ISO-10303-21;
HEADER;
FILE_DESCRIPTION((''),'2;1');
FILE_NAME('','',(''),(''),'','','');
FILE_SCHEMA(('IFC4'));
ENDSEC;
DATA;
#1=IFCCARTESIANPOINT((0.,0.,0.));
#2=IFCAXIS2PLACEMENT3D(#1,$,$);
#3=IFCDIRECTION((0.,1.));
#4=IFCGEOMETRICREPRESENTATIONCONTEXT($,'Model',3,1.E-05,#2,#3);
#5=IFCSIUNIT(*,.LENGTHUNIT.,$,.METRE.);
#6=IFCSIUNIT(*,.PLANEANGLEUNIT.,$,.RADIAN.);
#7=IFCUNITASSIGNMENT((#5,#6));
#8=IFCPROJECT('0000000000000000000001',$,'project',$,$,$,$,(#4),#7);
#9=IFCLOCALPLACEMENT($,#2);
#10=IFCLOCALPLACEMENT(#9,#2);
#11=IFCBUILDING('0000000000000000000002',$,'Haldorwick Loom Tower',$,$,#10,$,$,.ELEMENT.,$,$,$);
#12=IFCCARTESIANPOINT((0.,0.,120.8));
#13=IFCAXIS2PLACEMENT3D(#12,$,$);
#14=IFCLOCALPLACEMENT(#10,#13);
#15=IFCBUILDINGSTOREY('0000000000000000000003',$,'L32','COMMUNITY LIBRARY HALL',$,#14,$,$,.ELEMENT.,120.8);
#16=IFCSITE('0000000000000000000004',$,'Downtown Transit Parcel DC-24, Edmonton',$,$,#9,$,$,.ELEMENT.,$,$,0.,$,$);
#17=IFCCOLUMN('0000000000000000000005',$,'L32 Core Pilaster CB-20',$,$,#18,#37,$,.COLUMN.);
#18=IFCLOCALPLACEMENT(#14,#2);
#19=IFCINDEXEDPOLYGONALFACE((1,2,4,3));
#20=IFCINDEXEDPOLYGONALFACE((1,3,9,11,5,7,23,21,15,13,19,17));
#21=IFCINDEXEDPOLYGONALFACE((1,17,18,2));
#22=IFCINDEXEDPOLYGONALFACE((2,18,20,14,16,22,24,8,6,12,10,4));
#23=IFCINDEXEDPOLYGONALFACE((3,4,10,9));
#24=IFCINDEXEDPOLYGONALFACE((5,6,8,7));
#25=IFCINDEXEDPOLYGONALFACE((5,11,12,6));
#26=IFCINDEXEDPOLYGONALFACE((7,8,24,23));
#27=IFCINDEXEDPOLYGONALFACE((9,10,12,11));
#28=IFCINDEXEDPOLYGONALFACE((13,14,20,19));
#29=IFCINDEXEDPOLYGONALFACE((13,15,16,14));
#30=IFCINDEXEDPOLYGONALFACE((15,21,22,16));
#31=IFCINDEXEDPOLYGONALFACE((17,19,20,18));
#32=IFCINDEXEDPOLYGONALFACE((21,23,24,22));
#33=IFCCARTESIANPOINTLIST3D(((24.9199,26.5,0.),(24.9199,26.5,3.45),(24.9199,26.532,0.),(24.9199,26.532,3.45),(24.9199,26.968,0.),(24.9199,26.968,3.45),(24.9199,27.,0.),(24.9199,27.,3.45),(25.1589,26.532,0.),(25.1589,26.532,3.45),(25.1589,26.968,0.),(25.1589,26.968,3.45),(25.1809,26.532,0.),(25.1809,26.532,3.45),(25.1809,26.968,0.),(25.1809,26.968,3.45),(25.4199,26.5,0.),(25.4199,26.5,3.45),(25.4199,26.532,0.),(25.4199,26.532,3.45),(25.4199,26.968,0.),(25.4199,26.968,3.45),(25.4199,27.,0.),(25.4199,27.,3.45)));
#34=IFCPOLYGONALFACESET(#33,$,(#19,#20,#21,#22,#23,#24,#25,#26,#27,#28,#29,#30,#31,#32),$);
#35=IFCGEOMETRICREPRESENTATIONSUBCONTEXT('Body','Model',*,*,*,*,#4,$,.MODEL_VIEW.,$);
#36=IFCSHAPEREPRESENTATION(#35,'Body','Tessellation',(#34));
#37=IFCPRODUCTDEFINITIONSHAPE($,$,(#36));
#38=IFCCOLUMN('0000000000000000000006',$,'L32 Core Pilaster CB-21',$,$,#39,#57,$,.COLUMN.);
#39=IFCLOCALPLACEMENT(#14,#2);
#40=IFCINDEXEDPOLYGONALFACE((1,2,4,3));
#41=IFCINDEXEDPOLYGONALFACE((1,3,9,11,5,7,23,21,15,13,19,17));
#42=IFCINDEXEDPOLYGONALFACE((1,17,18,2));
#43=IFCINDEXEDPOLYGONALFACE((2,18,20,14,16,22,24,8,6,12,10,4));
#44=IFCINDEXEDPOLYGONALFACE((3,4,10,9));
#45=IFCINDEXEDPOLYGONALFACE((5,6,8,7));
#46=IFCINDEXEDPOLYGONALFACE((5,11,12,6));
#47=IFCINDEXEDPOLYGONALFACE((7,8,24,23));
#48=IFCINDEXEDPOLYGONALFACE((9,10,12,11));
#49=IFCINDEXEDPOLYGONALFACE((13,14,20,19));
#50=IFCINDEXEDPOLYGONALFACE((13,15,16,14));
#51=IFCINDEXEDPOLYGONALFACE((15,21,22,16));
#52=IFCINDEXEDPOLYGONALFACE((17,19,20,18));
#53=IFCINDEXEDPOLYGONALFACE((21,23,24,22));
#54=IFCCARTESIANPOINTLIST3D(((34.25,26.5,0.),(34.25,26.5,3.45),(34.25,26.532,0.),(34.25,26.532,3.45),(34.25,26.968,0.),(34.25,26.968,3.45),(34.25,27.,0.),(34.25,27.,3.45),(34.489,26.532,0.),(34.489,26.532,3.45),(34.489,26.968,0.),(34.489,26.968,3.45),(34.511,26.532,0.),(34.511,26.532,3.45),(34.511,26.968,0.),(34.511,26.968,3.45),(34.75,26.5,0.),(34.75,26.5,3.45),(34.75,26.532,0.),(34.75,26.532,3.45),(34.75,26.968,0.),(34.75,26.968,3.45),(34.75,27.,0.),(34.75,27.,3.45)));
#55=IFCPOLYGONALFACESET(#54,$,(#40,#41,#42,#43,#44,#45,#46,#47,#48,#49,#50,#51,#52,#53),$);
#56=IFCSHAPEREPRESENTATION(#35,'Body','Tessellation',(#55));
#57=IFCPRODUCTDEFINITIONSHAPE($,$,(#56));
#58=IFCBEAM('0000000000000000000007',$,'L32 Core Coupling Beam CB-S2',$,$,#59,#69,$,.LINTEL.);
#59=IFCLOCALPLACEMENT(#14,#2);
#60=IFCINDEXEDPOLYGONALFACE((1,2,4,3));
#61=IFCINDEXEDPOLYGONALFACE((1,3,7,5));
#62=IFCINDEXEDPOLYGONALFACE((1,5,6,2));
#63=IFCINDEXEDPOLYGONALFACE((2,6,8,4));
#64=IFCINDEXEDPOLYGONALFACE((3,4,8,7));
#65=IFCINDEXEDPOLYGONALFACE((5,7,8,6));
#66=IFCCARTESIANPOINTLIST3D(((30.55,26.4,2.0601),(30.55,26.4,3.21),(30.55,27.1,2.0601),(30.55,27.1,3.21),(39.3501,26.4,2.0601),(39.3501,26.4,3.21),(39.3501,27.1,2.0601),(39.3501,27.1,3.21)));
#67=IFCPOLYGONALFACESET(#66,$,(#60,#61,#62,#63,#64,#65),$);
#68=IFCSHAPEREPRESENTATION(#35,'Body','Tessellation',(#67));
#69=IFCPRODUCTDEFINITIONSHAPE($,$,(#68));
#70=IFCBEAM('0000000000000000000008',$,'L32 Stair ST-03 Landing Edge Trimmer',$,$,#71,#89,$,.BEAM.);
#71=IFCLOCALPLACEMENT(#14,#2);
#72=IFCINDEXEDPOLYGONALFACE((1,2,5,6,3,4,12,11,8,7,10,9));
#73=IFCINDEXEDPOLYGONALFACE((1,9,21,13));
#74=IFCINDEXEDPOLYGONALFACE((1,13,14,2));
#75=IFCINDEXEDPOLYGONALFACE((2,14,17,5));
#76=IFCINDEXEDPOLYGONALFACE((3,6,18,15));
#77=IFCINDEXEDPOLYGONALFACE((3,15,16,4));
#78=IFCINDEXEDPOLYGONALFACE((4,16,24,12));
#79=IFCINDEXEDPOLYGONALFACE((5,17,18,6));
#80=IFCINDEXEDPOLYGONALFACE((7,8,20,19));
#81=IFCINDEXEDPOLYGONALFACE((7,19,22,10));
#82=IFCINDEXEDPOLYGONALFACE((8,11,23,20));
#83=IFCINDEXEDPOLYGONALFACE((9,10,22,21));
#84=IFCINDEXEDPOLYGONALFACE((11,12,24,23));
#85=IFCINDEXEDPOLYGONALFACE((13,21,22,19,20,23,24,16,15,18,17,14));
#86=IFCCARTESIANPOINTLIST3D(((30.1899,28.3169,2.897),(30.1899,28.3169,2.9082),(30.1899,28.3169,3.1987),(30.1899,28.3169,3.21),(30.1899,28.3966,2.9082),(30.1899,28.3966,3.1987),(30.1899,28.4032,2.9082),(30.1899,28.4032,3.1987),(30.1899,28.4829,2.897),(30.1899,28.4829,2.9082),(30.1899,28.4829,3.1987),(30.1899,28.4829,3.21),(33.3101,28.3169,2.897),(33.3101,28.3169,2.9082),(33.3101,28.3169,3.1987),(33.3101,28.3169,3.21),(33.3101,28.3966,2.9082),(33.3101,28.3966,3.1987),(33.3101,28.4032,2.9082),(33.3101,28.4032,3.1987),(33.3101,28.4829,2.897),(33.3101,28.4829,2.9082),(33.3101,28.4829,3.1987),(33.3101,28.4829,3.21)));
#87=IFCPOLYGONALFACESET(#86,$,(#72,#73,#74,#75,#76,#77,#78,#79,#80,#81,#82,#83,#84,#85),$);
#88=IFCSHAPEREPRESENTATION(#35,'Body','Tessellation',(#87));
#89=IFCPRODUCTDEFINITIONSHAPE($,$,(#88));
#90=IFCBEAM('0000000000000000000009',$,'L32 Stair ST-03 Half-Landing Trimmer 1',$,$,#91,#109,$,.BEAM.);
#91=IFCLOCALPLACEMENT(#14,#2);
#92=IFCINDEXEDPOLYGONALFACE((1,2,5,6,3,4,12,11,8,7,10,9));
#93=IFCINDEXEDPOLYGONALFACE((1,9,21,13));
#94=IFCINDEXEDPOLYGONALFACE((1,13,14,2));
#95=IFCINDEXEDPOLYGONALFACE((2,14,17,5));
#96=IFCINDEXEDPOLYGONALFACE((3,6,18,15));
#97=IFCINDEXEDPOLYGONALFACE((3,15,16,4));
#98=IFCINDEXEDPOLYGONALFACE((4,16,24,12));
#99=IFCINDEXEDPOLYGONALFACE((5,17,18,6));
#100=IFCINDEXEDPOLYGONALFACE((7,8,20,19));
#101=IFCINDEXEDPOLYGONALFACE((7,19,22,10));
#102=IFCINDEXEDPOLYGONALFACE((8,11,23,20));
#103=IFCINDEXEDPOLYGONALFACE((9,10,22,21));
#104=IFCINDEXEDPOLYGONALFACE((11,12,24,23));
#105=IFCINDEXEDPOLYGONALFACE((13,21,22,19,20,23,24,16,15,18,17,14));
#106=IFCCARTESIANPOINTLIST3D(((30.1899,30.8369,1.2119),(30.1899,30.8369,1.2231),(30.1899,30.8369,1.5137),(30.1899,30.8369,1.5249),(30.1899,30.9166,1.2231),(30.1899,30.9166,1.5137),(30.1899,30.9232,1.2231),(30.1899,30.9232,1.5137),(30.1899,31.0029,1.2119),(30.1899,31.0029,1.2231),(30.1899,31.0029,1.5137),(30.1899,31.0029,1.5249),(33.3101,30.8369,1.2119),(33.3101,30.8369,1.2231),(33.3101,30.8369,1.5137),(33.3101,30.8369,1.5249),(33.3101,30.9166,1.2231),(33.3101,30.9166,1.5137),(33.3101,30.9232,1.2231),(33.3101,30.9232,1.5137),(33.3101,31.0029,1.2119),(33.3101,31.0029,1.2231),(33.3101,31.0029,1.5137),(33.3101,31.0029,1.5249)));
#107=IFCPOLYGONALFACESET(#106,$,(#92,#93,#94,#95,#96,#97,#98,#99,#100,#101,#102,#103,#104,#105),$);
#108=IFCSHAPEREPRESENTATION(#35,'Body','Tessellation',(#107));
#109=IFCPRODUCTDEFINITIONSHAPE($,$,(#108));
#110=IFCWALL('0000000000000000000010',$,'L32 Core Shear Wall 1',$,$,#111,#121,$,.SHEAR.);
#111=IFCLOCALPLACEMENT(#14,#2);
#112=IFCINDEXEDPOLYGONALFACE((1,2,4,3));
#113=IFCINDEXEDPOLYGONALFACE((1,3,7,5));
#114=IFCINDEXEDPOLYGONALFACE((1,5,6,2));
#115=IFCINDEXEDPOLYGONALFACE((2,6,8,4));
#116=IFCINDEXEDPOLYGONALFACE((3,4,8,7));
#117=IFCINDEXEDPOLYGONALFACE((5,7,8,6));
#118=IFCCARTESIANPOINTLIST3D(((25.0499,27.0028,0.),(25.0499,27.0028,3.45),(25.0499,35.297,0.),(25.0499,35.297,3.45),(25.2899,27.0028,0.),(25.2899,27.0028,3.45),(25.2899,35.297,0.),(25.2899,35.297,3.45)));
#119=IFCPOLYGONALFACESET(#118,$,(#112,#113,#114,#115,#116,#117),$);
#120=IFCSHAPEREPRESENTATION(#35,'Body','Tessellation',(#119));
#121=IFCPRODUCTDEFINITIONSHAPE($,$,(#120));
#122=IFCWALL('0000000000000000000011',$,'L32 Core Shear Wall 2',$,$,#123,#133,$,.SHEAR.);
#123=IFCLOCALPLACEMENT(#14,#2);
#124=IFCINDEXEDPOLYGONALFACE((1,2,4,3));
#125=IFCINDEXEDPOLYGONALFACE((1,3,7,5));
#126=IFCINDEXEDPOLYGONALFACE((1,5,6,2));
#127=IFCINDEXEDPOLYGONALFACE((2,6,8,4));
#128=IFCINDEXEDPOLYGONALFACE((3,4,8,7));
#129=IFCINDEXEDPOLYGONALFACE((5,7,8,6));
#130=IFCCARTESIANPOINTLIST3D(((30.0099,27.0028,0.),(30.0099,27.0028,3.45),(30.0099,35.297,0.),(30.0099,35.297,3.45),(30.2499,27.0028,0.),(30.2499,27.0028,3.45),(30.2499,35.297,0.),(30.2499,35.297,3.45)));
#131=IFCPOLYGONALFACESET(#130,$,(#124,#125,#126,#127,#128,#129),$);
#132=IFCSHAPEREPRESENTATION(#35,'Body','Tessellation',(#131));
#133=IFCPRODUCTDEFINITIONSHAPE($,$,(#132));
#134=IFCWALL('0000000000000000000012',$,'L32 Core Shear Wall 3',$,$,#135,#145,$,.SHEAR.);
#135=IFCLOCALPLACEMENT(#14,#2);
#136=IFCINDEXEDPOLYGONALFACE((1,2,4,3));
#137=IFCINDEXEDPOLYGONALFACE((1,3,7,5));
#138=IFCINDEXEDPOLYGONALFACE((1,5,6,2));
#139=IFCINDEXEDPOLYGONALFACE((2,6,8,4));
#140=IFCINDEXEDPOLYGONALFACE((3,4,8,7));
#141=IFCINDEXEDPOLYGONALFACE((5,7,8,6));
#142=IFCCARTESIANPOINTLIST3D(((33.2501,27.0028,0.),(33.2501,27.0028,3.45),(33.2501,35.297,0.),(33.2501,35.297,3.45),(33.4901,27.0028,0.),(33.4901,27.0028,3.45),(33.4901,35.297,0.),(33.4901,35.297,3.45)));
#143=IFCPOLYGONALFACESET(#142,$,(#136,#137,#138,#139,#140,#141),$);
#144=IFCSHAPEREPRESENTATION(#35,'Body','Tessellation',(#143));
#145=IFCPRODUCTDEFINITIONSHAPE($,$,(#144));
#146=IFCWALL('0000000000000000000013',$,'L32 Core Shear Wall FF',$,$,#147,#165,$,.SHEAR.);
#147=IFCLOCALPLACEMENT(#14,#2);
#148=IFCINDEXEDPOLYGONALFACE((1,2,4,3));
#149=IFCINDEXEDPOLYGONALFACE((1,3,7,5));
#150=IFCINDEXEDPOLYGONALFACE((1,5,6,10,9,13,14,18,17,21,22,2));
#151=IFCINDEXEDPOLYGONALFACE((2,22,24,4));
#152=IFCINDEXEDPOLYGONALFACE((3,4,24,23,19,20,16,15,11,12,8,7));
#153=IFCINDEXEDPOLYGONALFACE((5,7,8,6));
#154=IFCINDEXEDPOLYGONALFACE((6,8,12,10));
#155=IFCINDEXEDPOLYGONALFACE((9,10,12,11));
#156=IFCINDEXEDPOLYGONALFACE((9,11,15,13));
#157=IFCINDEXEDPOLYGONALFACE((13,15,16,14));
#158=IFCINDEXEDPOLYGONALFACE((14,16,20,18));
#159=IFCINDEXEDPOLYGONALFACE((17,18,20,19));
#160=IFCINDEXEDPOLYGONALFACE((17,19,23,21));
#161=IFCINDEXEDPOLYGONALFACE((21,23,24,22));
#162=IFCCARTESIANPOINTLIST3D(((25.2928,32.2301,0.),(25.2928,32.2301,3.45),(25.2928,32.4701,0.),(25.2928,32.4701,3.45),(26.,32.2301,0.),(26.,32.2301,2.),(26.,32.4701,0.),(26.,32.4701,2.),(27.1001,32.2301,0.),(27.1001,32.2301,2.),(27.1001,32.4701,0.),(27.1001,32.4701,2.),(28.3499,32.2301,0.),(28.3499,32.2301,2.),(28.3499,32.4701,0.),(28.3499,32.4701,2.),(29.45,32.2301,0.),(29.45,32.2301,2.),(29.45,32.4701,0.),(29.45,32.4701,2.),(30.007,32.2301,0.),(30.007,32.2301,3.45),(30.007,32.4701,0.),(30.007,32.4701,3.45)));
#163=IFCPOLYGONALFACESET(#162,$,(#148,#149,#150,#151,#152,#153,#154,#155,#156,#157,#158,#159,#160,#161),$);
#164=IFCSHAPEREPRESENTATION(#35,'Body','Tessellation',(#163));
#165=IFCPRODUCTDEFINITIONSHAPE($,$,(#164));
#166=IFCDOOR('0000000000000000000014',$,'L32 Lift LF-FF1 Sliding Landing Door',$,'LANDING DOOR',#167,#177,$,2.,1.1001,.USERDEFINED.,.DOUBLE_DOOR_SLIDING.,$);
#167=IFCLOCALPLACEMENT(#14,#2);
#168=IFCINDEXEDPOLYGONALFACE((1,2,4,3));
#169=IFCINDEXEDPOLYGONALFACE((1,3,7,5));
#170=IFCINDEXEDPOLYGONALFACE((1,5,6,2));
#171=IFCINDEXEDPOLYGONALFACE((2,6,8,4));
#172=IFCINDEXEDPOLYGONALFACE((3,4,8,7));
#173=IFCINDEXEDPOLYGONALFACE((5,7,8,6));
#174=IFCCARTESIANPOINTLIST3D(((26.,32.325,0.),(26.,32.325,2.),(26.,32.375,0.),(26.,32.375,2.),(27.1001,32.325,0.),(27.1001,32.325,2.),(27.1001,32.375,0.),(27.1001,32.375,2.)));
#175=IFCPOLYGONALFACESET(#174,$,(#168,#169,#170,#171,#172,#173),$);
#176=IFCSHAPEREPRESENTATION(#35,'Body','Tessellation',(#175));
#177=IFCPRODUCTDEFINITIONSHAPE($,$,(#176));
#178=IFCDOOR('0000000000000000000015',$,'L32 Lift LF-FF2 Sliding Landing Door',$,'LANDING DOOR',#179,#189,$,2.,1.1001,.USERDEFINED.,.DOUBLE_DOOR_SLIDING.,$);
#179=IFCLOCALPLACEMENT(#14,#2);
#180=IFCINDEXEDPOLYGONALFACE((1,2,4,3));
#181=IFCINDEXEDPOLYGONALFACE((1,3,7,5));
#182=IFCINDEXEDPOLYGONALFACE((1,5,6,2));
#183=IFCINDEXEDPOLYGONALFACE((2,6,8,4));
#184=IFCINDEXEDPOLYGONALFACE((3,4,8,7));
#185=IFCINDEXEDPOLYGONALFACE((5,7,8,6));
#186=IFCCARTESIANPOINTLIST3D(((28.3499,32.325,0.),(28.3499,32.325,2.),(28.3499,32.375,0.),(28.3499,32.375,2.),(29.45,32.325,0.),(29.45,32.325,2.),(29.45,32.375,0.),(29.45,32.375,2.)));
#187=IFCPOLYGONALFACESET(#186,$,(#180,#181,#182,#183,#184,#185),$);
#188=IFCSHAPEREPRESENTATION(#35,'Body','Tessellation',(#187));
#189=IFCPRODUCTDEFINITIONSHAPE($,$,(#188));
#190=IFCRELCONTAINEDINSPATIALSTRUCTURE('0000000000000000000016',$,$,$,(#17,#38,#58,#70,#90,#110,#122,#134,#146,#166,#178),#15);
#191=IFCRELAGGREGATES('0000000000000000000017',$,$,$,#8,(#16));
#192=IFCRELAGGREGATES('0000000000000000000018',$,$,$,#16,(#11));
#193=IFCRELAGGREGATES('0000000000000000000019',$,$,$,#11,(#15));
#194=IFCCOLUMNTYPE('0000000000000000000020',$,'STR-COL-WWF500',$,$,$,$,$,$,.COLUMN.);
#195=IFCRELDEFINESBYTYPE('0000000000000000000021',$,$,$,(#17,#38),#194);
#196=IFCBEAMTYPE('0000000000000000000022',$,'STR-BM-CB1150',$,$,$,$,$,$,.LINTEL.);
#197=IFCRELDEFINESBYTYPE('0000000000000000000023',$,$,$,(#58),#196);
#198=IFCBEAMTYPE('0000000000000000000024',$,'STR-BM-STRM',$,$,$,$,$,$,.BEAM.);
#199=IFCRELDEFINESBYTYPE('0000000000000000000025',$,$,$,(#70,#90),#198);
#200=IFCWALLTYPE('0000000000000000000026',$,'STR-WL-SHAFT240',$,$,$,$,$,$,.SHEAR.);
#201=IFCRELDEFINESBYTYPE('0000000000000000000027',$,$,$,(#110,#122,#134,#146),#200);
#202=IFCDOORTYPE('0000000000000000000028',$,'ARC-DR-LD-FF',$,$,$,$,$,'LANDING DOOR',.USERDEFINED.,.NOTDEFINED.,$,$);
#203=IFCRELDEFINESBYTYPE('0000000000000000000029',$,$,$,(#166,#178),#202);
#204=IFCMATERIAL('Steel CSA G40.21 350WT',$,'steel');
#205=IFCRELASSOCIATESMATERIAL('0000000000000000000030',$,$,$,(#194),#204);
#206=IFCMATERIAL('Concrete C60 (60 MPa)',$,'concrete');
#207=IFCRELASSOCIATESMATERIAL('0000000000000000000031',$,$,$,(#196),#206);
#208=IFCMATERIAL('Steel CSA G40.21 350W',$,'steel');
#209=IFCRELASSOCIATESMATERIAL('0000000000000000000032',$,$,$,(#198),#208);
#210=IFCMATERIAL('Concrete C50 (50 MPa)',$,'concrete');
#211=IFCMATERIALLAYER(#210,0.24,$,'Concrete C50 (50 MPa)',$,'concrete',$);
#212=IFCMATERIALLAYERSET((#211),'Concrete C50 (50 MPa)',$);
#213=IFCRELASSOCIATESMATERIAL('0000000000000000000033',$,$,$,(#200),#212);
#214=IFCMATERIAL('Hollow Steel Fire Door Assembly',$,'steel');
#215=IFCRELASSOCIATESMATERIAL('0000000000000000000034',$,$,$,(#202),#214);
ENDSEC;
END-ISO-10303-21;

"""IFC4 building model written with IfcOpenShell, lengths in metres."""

from ifc_helpers import new_model, si_unit, direction, frame, frame_2d, origin, origin_2d, place, context, subcontext, project, spatial, rectangle, i_section, extrude, material, layer, layer_set, material_profile, profile_set, type_object, element, fill, save


model = new_model("IFC4")

# Units and contexts
model_context = context("Model", 3, precision=1e-05, world=origin(), true_north=direction((0.0, 1.0)))
body_context = subcontext(model_context, "Body", "Model", "MODEL_VIEW")
ifc_project = project(units=[si_unit("LENGTHUNIT", "METRE"), si_unit("PLANEANGLEUNIT", "RADIAN")], contexts=[model_context])

# Site, building, storey
site_placement = place(None, origin())
site = spatial("IfcSite", under=ifc_project, at=site_placement, Name="Downtown Transit Parcel DC-24, Edmonton", CompositionType="ELEMENT", RefElevation=0.0)
building_placement = place(site_placement, origin())
building = spatial("IfcBuilding", under=site, at=building_placement, Name="Haldorwick Loom Tower", CompositionType="ELEMENT")
storey_placement = place(building_placement, frame((0.0, 0.0, 120.8)))
storey = spatial("IfcBuildingStorey", under=building, at=storey_placement, Name="L32", Description="COMMUNITY LIBRARY HALL", CompositionType="ELEMENT", Elevation=120.8)

# Columns
ifc_material_1 = material(Name="Steel CSA G40.21 350WT", Category="steel")
ifc_material_profile_1 = material_profile(ifc_material_1, i_section(OverallWidth=0.5, OverallDepth=0.5, WebThickness=0.022, FlangeThickness=0.032, at=origin_2d()), Name="WWF500X500", Category="steel")
ifc_profile_set_1 = profile_set([ifc_material_profile_1], Name="Steel CSA G40.21 350WT")
column_type = type_object("IfcColumnType", Name="STR-COL-WWF500", PredefinedType="COLUMN", material=ifc_profile_set_1)
for number, where, z_axis, x_axis, name in (
    (1, (25.1699, 26.75, 0.0), (0.0, 0.0, 1.0), (1.0, 0.0, 0.0), "L32 Core Pilaster CB-20"),
    (2, (34.5, 26.75, 0.0), (0.0, 0.0, 1.0), (1.0, 0.0, 0.0), "L32 Core Pilaster CB-21"),
):
    element("IfcColumn", number, at=place(storey_placement, frame(where, z_axis=z_axis, x_axis=x_axis)), inside=storey, type_object=column_type, Name=name, PredefinedType="COLUMN", context=body_context, shape_type="SweptSolid", body=[
        extrude(i_section(OverallWidth=0.5, OverallDepth=0.5, WebThickness=0.022, FlangeThickness=0.032, at=origin_2d()), origin(), (0.0, 0.0, 1.0), 3.45),
    ])

# Beams
ifc_material_2 = material(Name="Concrete C60 (60 MPa)", Category="concrete")
ifc_material_profile_2 = material_profile(ifc_material_2, rectangle(XDim=0.7, YDim=1.1499, at=origin_2d()), Name="RC700X1150", Category="concrete")
ifc_profile_set_2 = profile_set([ifc_material_profile_2], Name="Concrete C60 (60 MPa)")
beam_type_1 = type_object("IfcBeamType", Name="STR-BM-CB1150", PredefinedType="LINTEL", material=ifc_profile_set_2)
beam_placement = place(storey_placement, frame((30.55, 26.75, 2.635), z_axis=(1.0, 0.0, 0.0), x_axis=(0.0, 1.0, 0.0)))
element("IfcBeam", 3, at=beam_placement, inside=storey, type_object=beam_type_1, Name="L32 Core Coupling Beam CB-S2", PredefinedType="LINTEL", context=body_context, shape_type="SweptSolid", body=[
    extrude(rectangle(XDim=0.7, YDim=1.1499, at=origin_2d()), origin(), (0.0, 0.0, 1.0), 8.8),
])
ifc_material_3 = material(Name="Steel CSA G40.21 350W", Category="steel")
ifc_material_profile_3 = material_profile(ifc_material_3, i_section(OverallWidth=0.166, OverallDepth=0.313, WebThickness=0.0066, FlangeThickness=0.0112, at=origin_2d()), Name="W310X45", Category="steel")
ifc_profile_set_3 = profile_set([ifc_material_profile_3], Name="Steel CSA G40.21 350W")
beam_type_2 = type_object("IfcBeamType", Name="STR-BM-STRM", PredefinedType="BEAM", material=ifc_profile_set_3)
for number, where, z_axis, x_axis, name in (
    (4, (30.1899, 28.3999, 3.0535), (1.0, 0.0, 0.0), (0.0, 1.0, 0.0), "L32 Stair ST-03 Landing Edge Trimmer"),
    (5, (30.1899, 30.9199, 1.3684), (1.0, 0.0, 0.0), (0.0, 1.0, 0.0), "L32 Stair ST-03 Half-Landing Trimmer 1"),
):
    element("IfcBeam", number, at=place(storey_placement, frame(where, z_axis=z_axis, x_axis=x_axis)), inside=storey, type_object=beam_type_2, Name=name, PredefinedType="BEAM", context=body_context, shape_type="SweptSolid", body=[
        extrude(i_section(OverallWidth=0.166, OverallDepth=0.313, WebThickness=0.0066, FlangeThickness=0.0112, at=origin_2d()), origin(), (0.0, 0.0, 1.0), 3.1201),
    ])

# Walls
ifc_material_4 = material(Name="Concrete C50 (50 MPa)", Category="concrete")
ifc_layer = layer(ifc_material_4, 0.24, Name="Concrete C50 (50 MPa)", Category="concrete")
ifc_layer_set = layer_set([ifc_layer], Name="Concrete C50 (50 MPa)")
wall_type = type_object("IfcWallType", Name="STR-WL-SHAFT240", PredefinedType="SHEAR", material=ifc_layer_set)
for number, where, z_axis, x_axis, name in (
    (6, (25.1699, 27.0029, 0.0), (0.0, 0.0, 1.0), (0.0, 1.0, 0.0), "L32 Core Shear Wall 1"),
    (7, (30.1299, 27.0029, 0.0), (0.0, 0.0, 1.0), (0.0, 1.0, 0.0), "L32 Core Shear Wall 2"),
    (8, (33.3701, 27.0029, 0.0), (0.0, 0.0, 1.0), (0.0, 1.0, 0.0), "L32 Core Shear Wall 3"),
):
    element("IfcWall", number, at=place(storey_placement, frame(where, z_axis=z_axis, x_axis=x_axis)), inside=storey, type_object=wall_type, Name=name, PredefinedType="SHEAR", context=body_context, shape_type="SweptSolid", body=[
        extrude(rectangle(XDim=8.2942, YDim=0.24, at=frame_2d((4.147, 0.0))), origin(), (0.0, 0.0, 1.0), 3.45),
    ])

# Wall, openings, doors
wall_1_placement = place(storey_placement, frame((25.293, 32.3501, 0.0), z_axis=(0.0, 0.0, 1.0), x_axis=(1.0, 0.0, 0.0)))
wall_1 = element("IfcWall", 9, at=wall_1_placement, inside=storey, type_object=wall_type, Name="L32 Core Shear Wall FF", PredefinedType="SHEAR", context=body_context, shape_type="SweptSolid", body=[
    extrude(rectangle(XDim=4.7141, YDim=0.24, at=frame_2d((2.3569, 0.0))), origin(), (0.0, 0.0, 1.0), 3.45),
])
opening_1_placement = place(wall_1_placement, frame((0.707, 0.0, 0.0)))
opening_1 = element("IfcOpeningElement", 10, at=opening_1_placement, cuts=wall_1, PredefinedType="OPENING", context=body_context, shape_type="SweptSolid", body=[
    extrude(rectangle(XDim=1.1001, YDim=2.0, at=frame_2d((0.55, 1.0))), frame((0.0, 0.1299, 0.0), z_axis=(0.0, -1.0, 0.0), x_axis=(1.0, 0.0, 0.0)), (0.0, 0.0, 1.0), 0.26),
])
opening_2_placement = place(wall_1_placement, frame((3.0569, 0.0, 0.0)))
opening_2 = element("IfcOpeningElement", 11, at=opening_2_placement, cuts=wall_1, PredefinedType="OPENING", context=body_context, shape_type="SweptSolid", body=[
    extrude(rectangle(XDim=1.1001, YDim=2.0, at=frame_2d((0.55, 1.0))), frame((0.0, 0.1299, 0.0), z_axis=(0.0, -1.0, 0.0), x_axis=(1.0, 0.0, 0.0)), (0.0, 0.0, 1.0), 0.26),
])
ifc_material_5 = material(Name="Hollow Steel Fire Door Assembly", Category="steel")
door_type_1 = type_object("IfcDoorType", Name="ARC-DR-LD-FF", ElementType="LANDING DOOR", OperationType="NOTDEFINED", PredefinedType="USERDEFINED", material=ifc_material_5)
door_1_placement = place(opening_1_placement, origin())
door_1 = element("IfcDoor", 12, at=door_1_placement, inside=storey, type_object=door_type_1, Name="L32 Lift LF-FF1 Sliding Landing Door", ObjectType="LANDING DOOR", OperationType="DOUBLE_DOOR_SLIDING", OverallHeight=2.0, OverallWidth=1.1001, PredefinedType="USERDEFINED", context=body_context, shape_type="SweptSolid", body=[
    extrude(rectangle(XDim=1.1001, YDim=2.0, at=frame_2d((0.55, 1.0))), frame((0.0, 0.0249, 0.0), z_axis=(0.0, -1.0, 0.0), x_axis=(1.0, 0.0, 0.0)), (0.0, 0.0, 1.0), 0.05),
])
fill(opening_1, door_1)
door_2_placement = place(opening_2_placement, origin())
door_2 = element("IfcDoor", 13, at=door_2_placement, inside=storey, type_object=door_type_1, Name="L32 Lift LF-FF2 Sliding Landing Door", ObjectType="LANDING DOOR", OperationType="DOUBLE_DOOR_SLIDING", OverallHeight=2.0, OverallWidth=1.1001, PredefinedType="USERDEFINED", context=body_context, shape_type="SweptSolid", body=[
    extrude(rectangle(XDim=1.1001, YDim=2.0, at=frame_2d((0.55, 1.0))), frame((0.0, 0.0249, 0.0), z_axis=(0.0, -1.0, 0.0), x_axis=(1.0, 0.0, 0.0)), (0.0, 0.0, 1.0), 0.05),
])
fill(opening_2, door_2)

save(model, "model.ifc")
